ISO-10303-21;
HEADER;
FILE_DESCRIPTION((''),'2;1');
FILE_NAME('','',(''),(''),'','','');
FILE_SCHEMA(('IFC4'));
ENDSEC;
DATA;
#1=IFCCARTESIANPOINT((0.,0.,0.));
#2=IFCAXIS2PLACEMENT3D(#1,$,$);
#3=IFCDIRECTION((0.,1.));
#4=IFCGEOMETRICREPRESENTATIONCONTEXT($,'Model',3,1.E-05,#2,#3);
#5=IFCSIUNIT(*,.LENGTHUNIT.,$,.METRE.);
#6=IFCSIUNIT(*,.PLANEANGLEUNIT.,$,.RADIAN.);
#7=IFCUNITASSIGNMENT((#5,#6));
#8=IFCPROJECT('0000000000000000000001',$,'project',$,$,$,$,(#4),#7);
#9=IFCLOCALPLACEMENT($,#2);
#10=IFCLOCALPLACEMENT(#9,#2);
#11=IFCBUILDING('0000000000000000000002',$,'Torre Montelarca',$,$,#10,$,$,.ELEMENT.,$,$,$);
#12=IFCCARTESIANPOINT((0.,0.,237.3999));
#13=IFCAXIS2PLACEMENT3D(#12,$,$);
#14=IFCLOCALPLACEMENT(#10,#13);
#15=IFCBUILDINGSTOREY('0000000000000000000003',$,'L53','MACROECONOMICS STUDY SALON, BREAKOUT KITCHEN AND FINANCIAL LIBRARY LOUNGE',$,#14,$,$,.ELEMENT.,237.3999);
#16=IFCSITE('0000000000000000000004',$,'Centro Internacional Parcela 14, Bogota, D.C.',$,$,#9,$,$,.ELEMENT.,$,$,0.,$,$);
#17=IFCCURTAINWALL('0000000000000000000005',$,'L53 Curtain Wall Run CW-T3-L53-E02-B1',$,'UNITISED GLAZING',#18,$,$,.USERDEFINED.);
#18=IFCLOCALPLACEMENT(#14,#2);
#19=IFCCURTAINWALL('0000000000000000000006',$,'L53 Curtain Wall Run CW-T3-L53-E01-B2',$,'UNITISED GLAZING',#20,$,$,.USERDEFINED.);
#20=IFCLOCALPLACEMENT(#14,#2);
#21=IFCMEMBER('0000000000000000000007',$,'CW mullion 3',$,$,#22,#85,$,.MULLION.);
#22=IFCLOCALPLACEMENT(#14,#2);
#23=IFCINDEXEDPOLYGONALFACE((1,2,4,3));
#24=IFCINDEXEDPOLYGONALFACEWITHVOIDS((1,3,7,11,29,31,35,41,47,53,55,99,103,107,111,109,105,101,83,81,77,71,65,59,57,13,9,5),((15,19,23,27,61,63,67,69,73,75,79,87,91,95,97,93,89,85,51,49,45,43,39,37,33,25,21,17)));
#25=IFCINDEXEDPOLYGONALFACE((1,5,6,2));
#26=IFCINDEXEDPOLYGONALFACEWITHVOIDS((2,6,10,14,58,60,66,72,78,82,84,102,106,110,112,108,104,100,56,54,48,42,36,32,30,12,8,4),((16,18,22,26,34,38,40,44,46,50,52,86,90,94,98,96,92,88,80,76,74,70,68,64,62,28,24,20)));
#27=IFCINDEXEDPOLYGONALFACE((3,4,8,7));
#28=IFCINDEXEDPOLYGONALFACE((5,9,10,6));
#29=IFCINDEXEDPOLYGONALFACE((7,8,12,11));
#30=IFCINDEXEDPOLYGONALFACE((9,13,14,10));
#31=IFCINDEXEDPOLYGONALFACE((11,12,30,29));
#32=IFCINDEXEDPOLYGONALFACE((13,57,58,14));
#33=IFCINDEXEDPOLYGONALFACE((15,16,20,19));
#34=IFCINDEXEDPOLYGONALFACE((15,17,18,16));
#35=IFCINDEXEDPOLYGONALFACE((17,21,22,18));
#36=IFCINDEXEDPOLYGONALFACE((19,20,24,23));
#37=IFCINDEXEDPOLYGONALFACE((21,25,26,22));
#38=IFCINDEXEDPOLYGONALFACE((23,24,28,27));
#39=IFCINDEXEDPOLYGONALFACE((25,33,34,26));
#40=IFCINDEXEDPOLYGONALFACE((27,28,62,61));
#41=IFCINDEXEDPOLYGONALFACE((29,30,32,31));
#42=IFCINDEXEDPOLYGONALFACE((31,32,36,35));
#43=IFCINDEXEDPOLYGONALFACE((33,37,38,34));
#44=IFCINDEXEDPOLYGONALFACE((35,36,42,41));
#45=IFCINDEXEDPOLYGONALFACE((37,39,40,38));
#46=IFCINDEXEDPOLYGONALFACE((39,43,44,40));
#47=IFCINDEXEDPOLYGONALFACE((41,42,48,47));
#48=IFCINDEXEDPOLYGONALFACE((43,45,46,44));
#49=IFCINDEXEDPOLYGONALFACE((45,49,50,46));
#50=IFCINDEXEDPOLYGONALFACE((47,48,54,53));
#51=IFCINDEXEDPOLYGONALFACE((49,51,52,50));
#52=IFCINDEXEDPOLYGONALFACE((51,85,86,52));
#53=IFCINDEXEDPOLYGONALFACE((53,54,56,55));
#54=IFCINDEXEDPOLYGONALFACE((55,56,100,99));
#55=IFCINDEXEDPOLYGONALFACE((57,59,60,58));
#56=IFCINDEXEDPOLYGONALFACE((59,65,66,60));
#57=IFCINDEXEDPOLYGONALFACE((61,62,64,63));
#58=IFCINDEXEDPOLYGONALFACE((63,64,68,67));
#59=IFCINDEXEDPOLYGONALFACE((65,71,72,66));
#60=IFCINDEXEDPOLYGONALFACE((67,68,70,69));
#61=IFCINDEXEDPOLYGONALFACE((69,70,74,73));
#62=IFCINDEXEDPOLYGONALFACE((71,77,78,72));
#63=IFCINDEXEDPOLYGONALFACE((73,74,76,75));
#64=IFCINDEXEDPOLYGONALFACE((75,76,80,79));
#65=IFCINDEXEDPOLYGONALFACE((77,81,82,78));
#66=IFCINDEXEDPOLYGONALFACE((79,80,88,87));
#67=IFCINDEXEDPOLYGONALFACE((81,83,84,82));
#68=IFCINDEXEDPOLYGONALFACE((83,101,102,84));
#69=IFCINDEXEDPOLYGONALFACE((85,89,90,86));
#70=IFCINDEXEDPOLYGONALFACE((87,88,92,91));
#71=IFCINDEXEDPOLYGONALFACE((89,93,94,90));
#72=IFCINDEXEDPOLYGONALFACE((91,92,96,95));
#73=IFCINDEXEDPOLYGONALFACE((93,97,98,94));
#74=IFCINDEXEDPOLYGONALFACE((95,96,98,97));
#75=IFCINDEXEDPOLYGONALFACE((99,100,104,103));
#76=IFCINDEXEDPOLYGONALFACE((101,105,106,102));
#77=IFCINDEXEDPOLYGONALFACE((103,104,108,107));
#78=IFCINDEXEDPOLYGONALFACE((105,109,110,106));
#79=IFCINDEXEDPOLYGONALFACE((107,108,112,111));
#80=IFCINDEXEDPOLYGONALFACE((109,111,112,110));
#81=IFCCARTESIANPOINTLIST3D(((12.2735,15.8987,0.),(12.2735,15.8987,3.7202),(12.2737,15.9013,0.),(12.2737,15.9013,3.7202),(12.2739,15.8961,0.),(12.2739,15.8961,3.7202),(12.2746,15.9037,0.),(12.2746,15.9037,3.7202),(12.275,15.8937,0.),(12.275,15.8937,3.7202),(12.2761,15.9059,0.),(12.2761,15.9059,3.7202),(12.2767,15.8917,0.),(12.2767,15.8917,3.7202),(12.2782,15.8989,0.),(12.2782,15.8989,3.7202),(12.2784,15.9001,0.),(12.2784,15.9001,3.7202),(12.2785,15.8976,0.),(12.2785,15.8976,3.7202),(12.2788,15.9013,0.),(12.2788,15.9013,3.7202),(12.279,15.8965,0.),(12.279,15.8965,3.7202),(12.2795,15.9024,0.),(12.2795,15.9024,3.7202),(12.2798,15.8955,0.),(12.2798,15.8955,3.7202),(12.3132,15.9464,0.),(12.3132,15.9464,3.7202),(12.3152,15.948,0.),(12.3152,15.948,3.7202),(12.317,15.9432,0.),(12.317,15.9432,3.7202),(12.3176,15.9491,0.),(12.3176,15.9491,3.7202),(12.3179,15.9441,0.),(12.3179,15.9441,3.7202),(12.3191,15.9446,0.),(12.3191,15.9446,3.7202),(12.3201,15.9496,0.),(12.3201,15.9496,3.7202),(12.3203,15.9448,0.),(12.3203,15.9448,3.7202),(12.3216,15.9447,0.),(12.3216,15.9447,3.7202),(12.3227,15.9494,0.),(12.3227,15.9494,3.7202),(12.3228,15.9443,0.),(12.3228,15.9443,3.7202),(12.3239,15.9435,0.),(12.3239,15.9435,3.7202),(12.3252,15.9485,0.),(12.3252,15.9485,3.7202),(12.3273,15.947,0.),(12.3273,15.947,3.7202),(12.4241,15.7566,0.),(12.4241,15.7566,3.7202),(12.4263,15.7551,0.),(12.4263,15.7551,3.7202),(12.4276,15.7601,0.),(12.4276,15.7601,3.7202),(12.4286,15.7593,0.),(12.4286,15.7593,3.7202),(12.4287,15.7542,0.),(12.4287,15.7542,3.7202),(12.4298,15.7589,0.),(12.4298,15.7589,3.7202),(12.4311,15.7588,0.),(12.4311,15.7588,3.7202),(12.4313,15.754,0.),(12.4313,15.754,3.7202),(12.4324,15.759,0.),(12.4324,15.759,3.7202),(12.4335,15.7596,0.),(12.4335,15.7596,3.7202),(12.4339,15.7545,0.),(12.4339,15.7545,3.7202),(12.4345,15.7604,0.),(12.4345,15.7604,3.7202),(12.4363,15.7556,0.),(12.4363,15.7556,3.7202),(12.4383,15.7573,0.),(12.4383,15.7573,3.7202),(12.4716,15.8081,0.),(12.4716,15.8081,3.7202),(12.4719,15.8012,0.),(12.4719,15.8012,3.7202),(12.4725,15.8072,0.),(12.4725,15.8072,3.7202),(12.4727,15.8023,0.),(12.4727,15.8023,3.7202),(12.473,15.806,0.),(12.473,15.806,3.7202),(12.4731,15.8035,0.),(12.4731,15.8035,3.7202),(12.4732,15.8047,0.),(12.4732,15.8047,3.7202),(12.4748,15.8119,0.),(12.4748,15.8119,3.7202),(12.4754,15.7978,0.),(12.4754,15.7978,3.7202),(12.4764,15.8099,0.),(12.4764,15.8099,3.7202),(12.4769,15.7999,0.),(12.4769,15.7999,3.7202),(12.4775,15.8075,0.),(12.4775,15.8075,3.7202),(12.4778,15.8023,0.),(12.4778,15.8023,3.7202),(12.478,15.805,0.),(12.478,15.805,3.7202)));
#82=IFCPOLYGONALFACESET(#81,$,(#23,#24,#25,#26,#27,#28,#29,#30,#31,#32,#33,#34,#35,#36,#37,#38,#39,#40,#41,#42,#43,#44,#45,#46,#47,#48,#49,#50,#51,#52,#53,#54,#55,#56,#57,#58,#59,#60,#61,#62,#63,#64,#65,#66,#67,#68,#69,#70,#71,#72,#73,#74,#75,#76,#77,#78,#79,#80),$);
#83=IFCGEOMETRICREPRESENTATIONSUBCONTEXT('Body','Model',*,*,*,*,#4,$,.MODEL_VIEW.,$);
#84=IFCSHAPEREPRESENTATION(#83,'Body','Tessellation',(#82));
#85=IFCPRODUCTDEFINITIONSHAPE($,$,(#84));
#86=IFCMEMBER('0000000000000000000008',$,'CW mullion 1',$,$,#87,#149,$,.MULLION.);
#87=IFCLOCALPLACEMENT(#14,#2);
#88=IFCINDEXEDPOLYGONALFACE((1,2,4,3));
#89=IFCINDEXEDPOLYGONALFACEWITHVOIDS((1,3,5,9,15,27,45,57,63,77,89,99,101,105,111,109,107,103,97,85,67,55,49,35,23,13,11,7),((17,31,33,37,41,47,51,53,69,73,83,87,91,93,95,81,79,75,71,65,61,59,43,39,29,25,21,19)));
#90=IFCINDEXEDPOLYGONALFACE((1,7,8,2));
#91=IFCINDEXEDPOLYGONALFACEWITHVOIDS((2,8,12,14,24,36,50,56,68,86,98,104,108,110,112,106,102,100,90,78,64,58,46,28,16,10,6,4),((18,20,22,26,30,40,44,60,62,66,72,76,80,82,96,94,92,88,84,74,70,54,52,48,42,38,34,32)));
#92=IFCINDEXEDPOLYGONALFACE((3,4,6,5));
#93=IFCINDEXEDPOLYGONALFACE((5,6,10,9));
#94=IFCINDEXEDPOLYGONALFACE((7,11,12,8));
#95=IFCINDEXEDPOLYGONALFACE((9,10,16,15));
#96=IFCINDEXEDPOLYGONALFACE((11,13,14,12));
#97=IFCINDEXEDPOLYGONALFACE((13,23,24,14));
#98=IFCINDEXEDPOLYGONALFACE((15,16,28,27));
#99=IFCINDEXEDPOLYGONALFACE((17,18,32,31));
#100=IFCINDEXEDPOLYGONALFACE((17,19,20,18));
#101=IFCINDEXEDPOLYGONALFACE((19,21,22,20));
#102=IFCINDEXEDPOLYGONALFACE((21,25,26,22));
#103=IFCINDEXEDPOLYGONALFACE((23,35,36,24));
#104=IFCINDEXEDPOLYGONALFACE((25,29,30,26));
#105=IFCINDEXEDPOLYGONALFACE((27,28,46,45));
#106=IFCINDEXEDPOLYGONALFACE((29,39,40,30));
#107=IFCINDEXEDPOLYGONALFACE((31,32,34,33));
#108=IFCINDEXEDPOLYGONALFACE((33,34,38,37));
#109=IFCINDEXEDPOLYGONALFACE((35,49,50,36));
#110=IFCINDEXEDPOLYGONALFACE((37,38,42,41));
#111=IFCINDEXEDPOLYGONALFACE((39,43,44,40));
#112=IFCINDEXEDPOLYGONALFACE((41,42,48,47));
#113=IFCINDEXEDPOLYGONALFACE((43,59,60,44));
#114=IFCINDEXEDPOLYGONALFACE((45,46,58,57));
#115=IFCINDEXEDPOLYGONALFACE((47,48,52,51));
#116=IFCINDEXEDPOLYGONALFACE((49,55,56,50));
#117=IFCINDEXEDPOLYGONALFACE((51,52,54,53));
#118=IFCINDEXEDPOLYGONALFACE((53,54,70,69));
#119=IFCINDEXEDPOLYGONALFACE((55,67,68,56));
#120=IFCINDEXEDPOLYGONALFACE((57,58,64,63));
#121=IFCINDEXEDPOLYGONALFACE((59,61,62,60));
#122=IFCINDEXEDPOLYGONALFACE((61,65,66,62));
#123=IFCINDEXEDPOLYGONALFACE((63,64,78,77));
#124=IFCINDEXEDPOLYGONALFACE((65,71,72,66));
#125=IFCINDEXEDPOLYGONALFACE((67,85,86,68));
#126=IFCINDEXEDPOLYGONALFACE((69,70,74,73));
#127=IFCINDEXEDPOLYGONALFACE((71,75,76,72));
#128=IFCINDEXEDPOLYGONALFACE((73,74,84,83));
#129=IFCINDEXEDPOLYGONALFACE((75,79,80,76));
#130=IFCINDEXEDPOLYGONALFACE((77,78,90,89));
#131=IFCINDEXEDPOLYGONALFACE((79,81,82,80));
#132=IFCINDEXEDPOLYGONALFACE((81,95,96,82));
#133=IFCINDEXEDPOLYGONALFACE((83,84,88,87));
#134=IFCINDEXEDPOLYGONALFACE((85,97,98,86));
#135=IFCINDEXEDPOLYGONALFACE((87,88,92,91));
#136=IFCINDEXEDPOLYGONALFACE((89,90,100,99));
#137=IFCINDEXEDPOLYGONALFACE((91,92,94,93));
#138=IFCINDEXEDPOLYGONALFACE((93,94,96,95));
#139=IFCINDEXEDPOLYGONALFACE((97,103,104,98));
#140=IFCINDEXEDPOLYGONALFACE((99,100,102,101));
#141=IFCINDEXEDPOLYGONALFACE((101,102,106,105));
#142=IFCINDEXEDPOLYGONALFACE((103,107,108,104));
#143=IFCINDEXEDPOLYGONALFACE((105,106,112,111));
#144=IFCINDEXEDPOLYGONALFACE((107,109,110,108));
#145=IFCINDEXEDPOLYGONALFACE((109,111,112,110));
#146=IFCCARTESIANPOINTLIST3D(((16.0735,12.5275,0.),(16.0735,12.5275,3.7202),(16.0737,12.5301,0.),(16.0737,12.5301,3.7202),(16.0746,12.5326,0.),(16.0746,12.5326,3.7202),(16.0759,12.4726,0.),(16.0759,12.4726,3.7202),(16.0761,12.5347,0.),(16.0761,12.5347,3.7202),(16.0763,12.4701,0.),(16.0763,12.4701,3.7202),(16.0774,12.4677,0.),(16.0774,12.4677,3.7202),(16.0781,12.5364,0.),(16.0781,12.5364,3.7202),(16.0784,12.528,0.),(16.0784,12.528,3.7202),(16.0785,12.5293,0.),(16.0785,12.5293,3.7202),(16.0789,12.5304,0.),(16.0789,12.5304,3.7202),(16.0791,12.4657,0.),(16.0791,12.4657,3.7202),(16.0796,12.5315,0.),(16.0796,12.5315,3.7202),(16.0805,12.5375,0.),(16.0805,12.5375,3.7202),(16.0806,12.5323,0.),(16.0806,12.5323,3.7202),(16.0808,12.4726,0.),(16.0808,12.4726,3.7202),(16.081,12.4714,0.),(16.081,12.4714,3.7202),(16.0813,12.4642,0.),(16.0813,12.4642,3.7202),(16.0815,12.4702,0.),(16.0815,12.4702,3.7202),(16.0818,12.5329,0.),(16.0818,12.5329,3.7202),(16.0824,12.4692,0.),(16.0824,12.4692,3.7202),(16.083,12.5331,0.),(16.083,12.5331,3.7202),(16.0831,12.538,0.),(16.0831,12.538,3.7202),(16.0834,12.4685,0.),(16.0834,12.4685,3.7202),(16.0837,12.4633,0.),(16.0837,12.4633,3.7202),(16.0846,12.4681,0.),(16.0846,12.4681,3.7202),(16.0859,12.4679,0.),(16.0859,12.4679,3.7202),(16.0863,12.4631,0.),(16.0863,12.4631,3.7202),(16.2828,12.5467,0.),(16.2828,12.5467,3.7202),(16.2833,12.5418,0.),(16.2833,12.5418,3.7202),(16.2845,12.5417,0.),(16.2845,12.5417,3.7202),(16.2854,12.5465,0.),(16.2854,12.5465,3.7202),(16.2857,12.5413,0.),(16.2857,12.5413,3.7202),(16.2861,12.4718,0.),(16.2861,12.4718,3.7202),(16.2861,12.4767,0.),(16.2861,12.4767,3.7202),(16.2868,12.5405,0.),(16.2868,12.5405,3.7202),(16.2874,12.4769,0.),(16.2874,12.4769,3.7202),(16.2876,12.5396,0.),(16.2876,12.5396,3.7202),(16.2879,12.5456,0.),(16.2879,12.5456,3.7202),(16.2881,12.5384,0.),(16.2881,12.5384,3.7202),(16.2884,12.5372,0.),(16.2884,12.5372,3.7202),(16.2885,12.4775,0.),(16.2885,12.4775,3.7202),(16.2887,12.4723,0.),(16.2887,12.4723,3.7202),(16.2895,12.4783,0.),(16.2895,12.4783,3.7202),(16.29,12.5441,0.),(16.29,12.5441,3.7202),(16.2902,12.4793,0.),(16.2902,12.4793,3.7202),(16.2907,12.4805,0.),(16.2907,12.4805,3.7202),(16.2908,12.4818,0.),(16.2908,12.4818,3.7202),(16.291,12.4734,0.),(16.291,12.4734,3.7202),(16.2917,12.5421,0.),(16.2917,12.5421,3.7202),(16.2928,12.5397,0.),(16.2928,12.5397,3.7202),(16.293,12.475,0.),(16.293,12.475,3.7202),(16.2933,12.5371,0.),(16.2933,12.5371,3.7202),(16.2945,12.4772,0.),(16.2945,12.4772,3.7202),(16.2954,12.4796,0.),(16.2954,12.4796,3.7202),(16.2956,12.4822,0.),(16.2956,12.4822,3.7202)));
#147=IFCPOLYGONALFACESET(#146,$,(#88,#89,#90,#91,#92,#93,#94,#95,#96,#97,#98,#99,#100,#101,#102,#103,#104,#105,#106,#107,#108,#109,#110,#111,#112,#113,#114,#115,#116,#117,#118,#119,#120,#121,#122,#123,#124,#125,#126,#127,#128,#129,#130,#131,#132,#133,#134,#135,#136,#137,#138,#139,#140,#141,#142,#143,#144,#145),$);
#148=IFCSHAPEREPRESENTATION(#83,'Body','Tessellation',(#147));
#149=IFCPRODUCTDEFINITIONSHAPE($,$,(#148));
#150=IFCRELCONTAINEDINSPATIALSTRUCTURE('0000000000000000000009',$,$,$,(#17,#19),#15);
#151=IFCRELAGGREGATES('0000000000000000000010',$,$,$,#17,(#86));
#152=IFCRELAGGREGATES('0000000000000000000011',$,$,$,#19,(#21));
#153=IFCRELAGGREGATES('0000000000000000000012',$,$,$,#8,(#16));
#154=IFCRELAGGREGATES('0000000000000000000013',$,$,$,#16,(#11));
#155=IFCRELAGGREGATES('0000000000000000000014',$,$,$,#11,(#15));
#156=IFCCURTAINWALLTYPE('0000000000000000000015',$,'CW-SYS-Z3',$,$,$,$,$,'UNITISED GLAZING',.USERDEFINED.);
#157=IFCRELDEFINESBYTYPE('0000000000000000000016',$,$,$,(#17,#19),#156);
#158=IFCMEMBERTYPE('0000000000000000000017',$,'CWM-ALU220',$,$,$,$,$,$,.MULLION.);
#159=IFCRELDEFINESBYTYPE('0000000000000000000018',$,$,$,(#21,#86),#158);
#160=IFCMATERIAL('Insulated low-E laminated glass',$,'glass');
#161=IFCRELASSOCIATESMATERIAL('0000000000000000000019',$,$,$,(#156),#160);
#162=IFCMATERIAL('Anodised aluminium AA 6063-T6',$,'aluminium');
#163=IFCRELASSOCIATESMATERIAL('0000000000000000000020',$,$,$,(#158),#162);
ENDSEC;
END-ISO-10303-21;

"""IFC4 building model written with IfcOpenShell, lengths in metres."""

from ifc_helpers import new_model, si_unit, direction, frame, origin, origin_2d, place, context, subcontext, project, spatial, hollow_rectangle, extrude, source, transform, mapped, material, material_profile, profile_set, type_object, element, aggregate, save


model = new_model("IFC4")

# Units and contexts
model_context = context("Model", 3, precision=1e-05, world=origin(), true_north=direction((0.0, 1.0)))
body_context = subcontext(model_context, "Body", "Model", "MODEL_VIEW")
ifc_project = project(units=[si_unit("LENGTHUNIT", "METRE"), si_unit("PLANEANGLEUNIT", "RADIAN")], contexts=[model_context])

# Site, building, storey
site_placement = place(None, origin())
site = spatial("IfcSite", under=ifc_project, at=site_placement, Name="Centro Internacional Parcela 14, Bogota, D.C.", CompositionType="ELEMENT", RefElevation=0.0)
building_placement = place(site_placement, origin())
building = spatial("IfcBuilding", under=site, at=building_placement, Name="Torre Montelarca", CompositionType="ELEMENT")
storey_placement = place(building_placement, frame((0.0, 0.0, 237.3999)))
storey = spatial("IfcBuildingStorey", under=building, at=storey_placement, Name="L53", Description="MACROECONOMICS STUDY SALON, BREAKOUT KITCHEN AND FINANCIAL LIBRARY LOUNGE", CompositionType="ELEMENT", Elevation=237.3999)

# Curtain walls
ifc_material_1 = material(Name="Insulated low-E laminated glass", Category="glass")
curtain_wall_type = type_object("IfcCurtainWallType", Name="CW-SYS-Z3", ElementType="UNITISED GLAZING", PredefinedType="USERDEFINED", material=ifc_material_1)
curtain_wall_1_placement = place(storey_placement, origin())
curtain_wall_1 = element("IfcCurtainWall", 1, at=curtain_wall_1_placement, inside=storey, type_object=curtain_wall_type, Name="L53 Curtain Wall Run CW-T3-L53-E02-B1", ObjectType="UNITISED GLAZING", PredefinedType="USERDEFINED")
ifc_material_2 = material(Name="Anodised aluminium AA 6063-T6", Category="aluminium")
curtain_wall_2_placement = place(storey_placement, origin())
curtain_wall_2 = element("IfcCurtainWall", 2, at=curtain_wall_2_placement, inside=storey, type_object=curtain_wall_type, Name="L53 Curtain Wall Run CW-T3-L53-E01-B2", ObjectType="UNITISED GLAZING", PredefinedType="USERDEFINED")

# Members
ifc_material_profile_1 = material_profile(ifc_material_2, hollow_rectangle(XDim=0.075, YDim=0.22, WallThickness=0.0049, InnerFilletRadius=0.0049, OuterFilletRadius=0.01, at=origin_2d()), Name="ALU75X220X5", Category="aluminium")
ifc_profile_set_1 = profile_set([ifc_material_profile_1], Name="Anodised aluminium AA 6063-T6")
member_type_1 = type_object("IfcMemberType", Name="CWM-ALU220", PredefinedType="MULLION", material=ifc_profile_set_1)
shared_shape_1 = source(origin(), body_context, "Body", "SweptSolid", [
    extrude(hollow_rectangle(XDim=0.075, YDim=0.22, WallThickness=0.0049, InnerFilletRadius=0.0049, OuterFilletRadius=0.01, at=origin_2d()), origin(), (0.0, 0.0, 1.0), 3.7202),
])
member_1_placement = place(storey_placement, frame((12.3757, 15.8518, 0.0), z_axis=(0.0, 0.0, 1.0), x_axis=(0.675588, 0.73728, 0.0)))
member_1 = element("IfcMember", 3, at=member_1_placement, type_object=member_type_1, Name="CW mullion 3", PredefinedType="MULLION", context=body_context, shape_type="MappedRepresentation", body=[
    mapped(shared_shape_1, transform((0.0, 0.0, 0.0), scale=1.0)),
])
member_2_placement = place(storey_placement, frame((16.1846, 12.5049, 0.0), z_axis=(0.0, 0.0, 1.0), x_axis=(-0.043625, 0.999048, 0.0)))
member_2 = element("IfcMember", 4, at=member_2_placement, type_object=member_type_1, Name="CW mullion 1", PredefinedType="MULLION", context=body_context, shape_type="MappedRepresentation", body=[
    mapped(shared_shape_1, transform((0.0, 0.0, 0.0), scale=1.0)),
])

aggregate(curtain_wall_1, [member_2])
aggregate(curtain_wall_2, [member_1])

save(model, "model.ifc")
